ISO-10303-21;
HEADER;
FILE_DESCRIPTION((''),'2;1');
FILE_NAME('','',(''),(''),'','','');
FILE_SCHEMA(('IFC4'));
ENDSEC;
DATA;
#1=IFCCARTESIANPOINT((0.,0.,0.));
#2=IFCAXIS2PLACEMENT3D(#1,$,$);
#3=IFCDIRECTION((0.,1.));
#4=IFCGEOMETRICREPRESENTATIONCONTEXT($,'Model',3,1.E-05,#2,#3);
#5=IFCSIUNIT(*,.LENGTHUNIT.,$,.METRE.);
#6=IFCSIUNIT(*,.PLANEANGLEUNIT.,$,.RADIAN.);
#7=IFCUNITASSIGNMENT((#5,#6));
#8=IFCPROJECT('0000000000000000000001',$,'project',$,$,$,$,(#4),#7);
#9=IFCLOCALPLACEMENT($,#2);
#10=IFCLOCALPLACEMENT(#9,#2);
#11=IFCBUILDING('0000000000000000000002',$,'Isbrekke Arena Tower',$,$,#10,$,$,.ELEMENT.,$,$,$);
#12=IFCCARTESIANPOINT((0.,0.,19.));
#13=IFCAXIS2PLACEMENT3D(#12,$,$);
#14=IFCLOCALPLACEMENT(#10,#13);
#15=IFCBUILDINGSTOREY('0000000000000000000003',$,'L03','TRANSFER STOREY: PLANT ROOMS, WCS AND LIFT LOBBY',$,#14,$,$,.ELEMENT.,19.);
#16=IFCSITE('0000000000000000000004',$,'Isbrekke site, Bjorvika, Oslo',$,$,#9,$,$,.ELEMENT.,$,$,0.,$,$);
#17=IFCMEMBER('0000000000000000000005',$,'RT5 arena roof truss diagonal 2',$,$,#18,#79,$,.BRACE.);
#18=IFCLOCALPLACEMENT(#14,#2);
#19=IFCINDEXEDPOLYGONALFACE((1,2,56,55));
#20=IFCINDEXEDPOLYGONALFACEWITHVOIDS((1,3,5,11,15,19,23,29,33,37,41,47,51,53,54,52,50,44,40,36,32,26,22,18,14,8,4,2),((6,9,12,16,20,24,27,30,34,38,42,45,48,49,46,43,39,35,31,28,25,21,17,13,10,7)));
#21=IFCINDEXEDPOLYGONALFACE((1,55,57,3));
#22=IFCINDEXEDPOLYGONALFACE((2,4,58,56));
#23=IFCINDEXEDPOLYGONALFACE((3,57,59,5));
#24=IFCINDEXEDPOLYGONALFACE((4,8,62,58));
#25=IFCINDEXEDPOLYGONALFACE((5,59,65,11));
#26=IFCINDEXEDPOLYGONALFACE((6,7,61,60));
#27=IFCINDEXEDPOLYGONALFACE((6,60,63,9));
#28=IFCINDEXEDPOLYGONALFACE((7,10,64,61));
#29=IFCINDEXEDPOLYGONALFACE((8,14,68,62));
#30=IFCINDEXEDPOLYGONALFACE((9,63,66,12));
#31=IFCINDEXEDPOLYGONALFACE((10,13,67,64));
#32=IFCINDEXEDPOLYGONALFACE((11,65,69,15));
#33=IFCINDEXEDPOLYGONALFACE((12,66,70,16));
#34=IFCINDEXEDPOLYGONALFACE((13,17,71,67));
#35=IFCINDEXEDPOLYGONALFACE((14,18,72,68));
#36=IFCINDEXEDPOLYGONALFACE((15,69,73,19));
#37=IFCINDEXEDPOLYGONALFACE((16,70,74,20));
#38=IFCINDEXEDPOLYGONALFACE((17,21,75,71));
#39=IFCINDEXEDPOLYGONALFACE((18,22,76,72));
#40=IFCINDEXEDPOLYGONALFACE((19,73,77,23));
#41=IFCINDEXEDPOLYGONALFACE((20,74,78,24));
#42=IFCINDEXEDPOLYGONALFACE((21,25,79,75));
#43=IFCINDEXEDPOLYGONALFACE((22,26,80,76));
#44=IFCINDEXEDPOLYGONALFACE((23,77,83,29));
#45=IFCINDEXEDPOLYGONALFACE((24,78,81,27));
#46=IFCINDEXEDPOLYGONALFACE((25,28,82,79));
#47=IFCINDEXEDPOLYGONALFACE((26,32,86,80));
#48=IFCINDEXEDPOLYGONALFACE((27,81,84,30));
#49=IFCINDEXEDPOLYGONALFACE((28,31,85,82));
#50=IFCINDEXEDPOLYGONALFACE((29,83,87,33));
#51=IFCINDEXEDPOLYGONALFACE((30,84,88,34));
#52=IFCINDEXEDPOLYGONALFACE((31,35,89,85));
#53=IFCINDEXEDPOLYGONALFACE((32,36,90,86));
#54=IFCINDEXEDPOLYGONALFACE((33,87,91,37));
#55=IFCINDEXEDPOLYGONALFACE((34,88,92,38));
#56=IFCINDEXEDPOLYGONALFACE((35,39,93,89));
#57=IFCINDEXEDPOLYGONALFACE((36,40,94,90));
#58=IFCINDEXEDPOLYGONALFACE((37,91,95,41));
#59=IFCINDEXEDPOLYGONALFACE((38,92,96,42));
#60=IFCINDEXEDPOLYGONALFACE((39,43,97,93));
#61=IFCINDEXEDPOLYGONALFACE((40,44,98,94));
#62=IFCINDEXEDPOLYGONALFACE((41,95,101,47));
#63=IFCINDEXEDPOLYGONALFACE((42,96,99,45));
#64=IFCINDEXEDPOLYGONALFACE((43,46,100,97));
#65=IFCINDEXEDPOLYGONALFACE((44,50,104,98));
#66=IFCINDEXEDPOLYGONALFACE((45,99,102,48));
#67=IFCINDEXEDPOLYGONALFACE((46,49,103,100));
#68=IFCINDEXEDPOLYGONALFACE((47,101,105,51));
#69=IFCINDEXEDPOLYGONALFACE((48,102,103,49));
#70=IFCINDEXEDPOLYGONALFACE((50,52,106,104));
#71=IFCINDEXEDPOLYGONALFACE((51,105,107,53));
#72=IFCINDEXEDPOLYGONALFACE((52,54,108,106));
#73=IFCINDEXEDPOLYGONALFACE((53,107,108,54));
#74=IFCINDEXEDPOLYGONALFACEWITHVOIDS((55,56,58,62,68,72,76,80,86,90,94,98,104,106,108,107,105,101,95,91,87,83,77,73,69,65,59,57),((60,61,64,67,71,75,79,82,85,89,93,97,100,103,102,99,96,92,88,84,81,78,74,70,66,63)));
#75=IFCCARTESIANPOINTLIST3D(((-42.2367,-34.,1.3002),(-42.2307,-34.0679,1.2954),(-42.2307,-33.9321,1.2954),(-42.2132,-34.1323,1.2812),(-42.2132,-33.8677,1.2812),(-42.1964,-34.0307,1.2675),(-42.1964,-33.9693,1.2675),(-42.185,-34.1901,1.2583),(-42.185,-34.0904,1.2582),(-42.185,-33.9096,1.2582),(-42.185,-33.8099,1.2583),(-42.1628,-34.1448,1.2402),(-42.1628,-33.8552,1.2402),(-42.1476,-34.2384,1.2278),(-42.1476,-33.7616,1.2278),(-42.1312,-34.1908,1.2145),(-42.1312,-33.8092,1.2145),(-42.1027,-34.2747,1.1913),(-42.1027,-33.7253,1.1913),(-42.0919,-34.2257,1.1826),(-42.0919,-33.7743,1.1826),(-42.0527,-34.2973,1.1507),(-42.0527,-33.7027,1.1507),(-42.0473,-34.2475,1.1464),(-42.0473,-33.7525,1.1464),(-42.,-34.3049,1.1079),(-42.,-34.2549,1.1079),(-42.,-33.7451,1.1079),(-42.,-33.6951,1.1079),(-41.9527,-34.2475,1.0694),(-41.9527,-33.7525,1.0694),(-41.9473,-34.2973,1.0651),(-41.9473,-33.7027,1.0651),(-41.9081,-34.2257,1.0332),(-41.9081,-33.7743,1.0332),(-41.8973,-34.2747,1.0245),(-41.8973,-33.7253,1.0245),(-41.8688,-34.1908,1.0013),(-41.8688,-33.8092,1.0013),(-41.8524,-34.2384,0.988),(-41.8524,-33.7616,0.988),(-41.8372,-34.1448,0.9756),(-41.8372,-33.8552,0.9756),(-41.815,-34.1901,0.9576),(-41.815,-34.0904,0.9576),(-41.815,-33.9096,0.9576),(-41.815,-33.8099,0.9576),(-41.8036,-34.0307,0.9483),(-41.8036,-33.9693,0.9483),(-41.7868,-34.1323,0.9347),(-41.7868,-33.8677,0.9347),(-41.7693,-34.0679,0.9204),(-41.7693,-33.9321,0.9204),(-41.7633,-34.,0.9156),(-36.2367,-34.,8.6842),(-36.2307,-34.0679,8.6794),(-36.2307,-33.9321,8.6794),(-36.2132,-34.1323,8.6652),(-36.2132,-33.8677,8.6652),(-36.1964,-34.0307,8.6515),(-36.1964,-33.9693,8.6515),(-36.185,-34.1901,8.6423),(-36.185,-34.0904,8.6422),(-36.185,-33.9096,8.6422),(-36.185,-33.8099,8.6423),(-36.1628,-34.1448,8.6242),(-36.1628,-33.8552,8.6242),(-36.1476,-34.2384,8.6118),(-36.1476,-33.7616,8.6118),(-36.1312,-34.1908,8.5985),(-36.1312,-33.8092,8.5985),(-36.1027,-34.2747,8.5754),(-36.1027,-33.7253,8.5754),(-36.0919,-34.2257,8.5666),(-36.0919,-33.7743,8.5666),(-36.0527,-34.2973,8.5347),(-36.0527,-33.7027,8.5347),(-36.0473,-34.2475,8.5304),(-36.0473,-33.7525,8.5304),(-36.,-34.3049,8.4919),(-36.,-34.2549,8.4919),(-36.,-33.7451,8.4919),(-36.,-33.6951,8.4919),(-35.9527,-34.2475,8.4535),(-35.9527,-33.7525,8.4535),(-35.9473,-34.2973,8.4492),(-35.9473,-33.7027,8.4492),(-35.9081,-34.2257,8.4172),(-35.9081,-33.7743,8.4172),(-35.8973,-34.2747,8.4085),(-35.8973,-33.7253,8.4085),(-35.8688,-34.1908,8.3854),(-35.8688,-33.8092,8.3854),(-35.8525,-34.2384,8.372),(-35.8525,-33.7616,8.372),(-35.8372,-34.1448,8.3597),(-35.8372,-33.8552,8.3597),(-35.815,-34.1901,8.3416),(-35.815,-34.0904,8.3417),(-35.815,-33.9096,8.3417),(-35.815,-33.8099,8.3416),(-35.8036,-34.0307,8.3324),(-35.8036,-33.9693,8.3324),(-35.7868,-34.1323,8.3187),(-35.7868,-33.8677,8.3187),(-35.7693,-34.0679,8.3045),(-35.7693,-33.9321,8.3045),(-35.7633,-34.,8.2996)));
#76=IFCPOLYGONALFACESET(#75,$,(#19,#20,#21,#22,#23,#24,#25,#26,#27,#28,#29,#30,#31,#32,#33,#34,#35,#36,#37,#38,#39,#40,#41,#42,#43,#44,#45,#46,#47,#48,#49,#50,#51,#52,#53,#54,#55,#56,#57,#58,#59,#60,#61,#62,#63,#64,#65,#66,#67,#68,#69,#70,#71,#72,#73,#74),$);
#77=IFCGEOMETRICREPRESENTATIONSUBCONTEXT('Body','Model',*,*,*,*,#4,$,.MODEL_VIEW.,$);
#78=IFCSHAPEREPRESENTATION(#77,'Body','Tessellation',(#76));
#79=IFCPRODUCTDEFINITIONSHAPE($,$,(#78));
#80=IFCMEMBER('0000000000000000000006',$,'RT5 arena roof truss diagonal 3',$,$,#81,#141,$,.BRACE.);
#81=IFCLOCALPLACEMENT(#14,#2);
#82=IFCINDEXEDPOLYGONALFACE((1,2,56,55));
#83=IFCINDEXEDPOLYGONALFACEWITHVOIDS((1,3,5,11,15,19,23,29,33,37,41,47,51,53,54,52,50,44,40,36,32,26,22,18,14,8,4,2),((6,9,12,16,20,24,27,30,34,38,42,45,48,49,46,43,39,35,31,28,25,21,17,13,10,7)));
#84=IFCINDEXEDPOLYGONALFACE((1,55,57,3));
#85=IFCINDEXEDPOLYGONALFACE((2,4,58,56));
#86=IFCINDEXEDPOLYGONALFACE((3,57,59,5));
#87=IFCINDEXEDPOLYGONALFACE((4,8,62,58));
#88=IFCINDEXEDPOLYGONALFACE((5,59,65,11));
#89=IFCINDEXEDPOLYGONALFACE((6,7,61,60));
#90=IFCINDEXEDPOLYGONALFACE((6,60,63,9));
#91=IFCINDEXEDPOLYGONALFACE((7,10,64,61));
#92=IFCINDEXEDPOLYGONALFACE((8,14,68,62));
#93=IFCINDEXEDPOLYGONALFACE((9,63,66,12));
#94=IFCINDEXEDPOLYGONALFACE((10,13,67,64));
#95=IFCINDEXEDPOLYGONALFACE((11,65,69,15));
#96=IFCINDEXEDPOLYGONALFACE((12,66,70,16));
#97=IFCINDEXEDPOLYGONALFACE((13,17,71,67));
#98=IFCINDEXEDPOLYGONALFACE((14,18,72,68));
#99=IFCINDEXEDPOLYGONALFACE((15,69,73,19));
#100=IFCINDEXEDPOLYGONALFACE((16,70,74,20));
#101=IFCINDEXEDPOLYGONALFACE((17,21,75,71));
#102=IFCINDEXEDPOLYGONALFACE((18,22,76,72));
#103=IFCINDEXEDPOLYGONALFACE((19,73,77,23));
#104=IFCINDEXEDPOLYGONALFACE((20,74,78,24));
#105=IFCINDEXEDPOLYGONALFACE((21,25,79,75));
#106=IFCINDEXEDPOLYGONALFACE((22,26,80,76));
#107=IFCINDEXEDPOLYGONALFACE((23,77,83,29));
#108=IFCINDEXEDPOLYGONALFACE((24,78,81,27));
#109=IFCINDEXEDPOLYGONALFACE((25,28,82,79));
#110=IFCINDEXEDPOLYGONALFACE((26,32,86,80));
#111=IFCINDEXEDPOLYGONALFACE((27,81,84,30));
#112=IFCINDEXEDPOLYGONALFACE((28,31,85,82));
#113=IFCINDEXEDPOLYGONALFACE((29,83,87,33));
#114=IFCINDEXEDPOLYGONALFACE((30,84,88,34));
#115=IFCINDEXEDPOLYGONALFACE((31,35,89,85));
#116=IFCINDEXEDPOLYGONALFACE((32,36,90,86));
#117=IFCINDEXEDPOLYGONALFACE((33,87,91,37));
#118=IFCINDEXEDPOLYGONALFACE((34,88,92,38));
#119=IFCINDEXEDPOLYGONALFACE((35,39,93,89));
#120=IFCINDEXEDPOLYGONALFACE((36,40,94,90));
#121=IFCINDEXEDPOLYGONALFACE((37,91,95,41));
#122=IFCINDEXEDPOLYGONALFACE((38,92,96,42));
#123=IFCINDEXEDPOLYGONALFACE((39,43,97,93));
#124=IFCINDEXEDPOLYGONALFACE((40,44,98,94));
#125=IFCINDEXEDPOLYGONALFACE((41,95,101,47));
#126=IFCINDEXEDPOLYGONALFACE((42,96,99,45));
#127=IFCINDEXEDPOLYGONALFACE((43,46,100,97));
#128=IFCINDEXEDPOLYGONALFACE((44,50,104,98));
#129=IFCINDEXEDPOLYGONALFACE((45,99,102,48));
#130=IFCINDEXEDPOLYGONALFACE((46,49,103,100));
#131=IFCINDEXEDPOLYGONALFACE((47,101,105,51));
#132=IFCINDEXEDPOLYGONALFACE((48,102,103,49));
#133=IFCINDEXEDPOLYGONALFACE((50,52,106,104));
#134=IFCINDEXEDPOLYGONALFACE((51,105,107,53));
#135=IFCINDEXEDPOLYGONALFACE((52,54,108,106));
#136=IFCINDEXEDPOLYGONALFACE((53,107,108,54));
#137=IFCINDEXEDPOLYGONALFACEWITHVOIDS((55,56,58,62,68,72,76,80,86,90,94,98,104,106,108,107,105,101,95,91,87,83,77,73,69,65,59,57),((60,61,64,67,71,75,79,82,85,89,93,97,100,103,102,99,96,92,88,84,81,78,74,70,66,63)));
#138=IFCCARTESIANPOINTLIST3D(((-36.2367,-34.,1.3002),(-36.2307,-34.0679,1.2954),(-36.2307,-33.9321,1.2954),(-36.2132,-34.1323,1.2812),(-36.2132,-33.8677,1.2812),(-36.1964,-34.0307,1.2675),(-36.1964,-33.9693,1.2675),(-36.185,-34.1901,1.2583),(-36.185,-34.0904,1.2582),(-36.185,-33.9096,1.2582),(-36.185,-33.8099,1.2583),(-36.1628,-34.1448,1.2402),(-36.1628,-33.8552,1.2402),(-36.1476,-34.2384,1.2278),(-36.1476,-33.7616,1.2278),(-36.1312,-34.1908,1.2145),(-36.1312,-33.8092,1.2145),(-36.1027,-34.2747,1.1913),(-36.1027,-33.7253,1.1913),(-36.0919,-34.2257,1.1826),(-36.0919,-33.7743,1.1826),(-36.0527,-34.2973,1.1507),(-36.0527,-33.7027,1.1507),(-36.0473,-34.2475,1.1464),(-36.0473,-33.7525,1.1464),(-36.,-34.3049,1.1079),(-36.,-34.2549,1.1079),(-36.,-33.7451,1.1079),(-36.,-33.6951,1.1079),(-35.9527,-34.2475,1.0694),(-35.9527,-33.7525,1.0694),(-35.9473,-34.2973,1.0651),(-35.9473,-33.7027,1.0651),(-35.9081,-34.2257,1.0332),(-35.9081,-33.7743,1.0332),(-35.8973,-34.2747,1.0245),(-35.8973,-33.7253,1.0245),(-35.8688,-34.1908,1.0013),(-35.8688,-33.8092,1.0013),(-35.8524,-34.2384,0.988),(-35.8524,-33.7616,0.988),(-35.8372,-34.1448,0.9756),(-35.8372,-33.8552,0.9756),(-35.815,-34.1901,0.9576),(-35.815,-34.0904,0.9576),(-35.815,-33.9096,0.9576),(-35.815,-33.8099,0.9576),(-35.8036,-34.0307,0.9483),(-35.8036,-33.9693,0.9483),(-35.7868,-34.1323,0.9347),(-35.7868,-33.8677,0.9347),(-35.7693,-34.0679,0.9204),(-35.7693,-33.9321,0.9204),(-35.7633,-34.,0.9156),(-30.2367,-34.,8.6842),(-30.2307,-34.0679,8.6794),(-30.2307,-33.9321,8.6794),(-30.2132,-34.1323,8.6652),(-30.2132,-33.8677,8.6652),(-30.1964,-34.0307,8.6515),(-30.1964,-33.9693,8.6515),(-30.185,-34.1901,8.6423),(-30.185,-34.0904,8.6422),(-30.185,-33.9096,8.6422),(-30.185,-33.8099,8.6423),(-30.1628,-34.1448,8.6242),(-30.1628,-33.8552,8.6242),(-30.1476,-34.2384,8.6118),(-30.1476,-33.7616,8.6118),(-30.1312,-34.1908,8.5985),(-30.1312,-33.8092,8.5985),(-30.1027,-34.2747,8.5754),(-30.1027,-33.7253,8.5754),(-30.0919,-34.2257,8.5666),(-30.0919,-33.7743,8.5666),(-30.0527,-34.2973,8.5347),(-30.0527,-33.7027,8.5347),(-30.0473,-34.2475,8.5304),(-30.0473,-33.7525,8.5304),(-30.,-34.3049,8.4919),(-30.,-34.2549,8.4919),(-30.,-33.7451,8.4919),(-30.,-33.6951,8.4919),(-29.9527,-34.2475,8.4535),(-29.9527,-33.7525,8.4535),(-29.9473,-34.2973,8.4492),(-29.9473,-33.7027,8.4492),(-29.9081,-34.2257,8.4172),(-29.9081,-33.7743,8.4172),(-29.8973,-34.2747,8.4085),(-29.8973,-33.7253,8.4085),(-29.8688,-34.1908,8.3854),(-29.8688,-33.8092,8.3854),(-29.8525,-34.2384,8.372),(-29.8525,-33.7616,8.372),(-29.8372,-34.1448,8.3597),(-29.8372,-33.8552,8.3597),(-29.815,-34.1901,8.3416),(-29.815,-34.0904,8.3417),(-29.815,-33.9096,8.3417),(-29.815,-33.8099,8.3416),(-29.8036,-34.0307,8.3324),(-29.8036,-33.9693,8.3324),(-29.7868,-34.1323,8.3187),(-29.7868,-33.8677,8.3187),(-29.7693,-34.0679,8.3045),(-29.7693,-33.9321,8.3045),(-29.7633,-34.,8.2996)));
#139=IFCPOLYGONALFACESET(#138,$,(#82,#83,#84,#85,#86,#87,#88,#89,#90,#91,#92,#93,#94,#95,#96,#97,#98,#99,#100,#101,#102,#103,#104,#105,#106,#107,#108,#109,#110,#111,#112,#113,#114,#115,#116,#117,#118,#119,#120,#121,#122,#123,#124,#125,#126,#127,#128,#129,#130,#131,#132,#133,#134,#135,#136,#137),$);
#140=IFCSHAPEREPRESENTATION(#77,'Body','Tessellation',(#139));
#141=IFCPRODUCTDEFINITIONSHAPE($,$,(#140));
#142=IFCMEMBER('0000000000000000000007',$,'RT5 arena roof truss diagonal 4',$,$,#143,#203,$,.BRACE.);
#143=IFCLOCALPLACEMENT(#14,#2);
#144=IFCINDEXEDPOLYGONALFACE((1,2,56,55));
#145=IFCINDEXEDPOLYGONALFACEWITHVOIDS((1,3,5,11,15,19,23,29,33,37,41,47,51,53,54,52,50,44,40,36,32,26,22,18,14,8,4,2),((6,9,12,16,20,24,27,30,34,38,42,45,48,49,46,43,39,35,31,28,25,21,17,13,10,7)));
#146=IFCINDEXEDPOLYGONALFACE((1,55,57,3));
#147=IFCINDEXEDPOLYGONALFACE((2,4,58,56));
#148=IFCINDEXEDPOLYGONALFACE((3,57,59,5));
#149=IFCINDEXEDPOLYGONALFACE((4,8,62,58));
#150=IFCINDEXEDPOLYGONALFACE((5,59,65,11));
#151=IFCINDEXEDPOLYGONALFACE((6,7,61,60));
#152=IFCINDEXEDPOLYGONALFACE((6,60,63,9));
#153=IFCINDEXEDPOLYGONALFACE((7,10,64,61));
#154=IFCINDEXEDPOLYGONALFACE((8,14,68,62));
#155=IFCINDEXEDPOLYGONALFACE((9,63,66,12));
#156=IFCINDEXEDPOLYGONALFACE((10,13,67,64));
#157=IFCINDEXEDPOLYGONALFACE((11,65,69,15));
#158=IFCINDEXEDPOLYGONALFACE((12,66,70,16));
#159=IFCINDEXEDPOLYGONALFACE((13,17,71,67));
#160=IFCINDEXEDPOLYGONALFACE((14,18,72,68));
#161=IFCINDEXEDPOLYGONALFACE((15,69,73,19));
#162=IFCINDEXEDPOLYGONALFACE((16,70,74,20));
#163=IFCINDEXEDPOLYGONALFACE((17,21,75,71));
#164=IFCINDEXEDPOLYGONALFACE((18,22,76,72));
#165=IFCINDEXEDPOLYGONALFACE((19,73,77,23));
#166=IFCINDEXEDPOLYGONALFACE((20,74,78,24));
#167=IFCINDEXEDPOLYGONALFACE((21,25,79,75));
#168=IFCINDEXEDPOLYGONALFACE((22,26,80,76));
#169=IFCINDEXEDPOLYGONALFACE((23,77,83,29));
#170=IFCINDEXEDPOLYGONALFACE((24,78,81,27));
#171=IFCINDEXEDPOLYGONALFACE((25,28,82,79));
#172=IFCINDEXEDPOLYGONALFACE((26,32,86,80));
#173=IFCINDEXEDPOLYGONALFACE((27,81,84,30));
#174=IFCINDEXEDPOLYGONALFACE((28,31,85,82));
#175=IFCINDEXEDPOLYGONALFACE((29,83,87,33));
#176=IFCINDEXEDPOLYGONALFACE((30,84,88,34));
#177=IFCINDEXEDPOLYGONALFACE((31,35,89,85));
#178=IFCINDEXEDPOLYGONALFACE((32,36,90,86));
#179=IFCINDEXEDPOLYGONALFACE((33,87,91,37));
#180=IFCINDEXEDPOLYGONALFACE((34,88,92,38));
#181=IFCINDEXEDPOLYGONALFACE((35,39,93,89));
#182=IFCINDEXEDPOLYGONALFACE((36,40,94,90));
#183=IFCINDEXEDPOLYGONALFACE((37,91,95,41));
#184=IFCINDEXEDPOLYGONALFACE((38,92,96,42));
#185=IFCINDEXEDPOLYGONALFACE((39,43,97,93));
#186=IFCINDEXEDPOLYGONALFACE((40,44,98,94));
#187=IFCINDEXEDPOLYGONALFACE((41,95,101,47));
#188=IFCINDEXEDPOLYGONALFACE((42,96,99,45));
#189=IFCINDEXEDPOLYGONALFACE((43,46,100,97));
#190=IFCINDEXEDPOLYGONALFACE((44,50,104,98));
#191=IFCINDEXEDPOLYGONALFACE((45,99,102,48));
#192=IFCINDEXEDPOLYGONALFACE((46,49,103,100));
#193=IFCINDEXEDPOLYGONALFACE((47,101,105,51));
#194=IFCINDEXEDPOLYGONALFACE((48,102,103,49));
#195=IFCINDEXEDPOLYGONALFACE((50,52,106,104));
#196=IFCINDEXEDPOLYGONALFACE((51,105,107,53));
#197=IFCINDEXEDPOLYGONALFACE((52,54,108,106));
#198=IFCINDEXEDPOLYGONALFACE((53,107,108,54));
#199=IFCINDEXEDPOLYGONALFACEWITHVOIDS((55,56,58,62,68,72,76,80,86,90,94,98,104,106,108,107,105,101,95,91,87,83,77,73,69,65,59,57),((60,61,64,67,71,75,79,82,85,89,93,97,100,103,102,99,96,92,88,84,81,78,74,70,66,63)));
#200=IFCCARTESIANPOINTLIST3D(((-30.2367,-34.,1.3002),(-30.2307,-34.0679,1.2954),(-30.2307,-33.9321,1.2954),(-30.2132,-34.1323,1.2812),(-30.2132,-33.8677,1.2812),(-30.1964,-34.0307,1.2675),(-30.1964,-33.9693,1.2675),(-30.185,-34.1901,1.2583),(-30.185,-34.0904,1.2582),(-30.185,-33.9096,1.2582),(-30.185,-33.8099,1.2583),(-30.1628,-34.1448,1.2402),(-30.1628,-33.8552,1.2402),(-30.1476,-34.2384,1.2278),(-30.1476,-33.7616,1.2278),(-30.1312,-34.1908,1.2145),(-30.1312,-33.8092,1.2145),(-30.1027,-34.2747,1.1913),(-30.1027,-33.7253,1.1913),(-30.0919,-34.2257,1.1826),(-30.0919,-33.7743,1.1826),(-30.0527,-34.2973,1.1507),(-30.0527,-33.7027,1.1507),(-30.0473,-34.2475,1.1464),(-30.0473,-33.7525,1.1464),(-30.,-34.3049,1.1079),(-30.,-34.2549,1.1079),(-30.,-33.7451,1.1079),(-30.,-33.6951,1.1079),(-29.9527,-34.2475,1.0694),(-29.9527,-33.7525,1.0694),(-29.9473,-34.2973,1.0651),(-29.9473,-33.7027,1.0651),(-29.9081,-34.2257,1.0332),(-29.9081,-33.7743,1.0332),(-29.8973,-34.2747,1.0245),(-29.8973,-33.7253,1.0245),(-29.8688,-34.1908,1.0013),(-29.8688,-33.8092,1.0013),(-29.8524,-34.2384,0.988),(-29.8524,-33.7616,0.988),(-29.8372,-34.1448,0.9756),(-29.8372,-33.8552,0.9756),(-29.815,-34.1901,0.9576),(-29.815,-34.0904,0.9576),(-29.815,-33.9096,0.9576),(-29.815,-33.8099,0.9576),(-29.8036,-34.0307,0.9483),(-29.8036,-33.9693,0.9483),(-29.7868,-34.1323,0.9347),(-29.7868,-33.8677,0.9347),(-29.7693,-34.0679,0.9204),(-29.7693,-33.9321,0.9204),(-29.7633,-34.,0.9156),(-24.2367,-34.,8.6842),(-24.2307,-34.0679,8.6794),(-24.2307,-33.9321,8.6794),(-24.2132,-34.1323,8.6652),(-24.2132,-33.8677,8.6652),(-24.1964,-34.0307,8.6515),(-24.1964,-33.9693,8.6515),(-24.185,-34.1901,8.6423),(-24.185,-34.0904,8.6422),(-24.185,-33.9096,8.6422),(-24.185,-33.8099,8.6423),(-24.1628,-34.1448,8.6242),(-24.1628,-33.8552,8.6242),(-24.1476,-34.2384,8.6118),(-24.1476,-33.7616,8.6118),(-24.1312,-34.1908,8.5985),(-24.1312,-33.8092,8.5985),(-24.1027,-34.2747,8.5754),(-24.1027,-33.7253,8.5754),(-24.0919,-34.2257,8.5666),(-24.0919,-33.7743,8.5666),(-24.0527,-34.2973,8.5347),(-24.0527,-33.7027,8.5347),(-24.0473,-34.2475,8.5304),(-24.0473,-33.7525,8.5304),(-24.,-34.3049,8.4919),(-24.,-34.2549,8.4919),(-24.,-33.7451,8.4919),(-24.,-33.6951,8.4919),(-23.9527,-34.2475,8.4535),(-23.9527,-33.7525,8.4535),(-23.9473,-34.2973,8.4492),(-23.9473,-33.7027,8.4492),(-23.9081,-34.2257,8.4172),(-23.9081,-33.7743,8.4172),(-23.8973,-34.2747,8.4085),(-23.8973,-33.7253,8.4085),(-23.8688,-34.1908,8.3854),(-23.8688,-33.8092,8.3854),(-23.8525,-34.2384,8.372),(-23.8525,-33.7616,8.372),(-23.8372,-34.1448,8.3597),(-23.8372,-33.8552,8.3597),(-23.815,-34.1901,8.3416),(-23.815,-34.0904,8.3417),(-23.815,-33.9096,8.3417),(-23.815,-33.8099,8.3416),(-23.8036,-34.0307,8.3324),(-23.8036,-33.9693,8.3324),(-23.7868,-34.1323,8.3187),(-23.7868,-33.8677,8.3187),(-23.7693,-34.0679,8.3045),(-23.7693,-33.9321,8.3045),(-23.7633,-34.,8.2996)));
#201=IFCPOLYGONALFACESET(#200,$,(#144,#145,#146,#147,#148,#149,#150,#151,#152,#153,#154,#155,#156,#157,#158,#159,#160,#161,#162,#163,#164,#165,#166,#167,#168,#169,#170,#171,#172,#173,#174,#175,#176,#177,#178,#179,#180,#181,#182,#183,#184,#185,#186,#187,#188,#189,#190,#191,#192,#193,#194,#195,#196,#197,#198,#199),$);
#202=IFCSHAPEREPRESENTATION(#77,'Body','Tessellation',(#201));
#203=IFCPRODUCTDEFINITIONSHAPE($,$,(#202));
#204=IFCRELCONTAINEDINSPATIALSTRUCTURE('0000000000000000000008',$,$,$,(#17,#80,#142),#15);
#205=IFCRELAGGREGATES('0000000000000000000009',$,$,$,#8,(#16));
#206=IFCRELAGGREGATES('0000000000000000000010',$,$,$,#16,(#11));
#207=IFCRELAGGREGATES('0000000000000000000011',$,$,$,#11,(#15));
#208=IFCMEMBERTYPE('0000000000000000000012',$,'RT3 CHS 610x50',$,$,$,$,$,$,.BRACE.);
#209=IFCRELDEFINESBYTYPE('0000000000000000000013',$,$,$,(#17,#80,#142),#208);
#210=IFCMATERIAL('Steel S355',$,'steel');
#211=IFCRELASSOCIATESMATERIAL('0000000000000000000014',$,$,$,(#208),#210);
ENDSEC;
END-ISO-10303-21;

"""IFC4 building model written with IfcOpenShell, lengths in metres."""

from ifc_helpers import new_model, si_unit, direction, frame, origin, origin_2d, place, context, subcontext, project, spatial, hollow_circle, extrude, material, material_profile, profile_set, type_object, element, save


model = new_model("IFC4")

# Units and contexts
model_context = context("Model", 3, precision=1e-05, world=origin(), true_north=direction((0.0, 1.0)))
body_context = subcontext(model_context, "Body", "Model", "MODEL_VIEW")
ifc_project = project(units=[si_unit("LENGTHUNIT", "METRE"), si_unit("PLANEANGLEUNIT", "RADIAN")], contexts=[model_context])

# Site, building, storey
site_placement = place(None, origin())
site = spatial("IfcSite", under=ifc_project, at=site_placement, Name="Isbrekke site, Bjorvika, Oslo", CompositionType="ELEMENT", RefElevation=0.0)
building_placement = place(site_placement, origin())
building = spatial("IfcBuilding", under=site, at=building_placement, Name="Isbrekke Arena Tower", CompositionType="ELEMENT")
storey_placement = place(building_placement, frame((0.0, 0.0, 19.0)))
storey = spatial("IfcBuildingStorey", under=building, at=storey_placement, Name="L03", Description="TRANSFER STOREY: PLANT ROOMS, WCS AND LIFT LOBBY", CompositionType="ELEMENT", Elevation=19.0)

# Members
ifc_material_1 = material(Name="Steel S355", Category="steel")
ifc_material_profile_1 = material_profile(ifc_material_1, hollow_circle(Radius=0.3049, WallThickness=0.05, at=origin_2d()), Name="CHS 610x50")
ifc_profile_set_1 = profile_set([ifc_material_profile_1], Name="Steel S355")
member_type_1 = type_object("IfcMemberType", Name="RT3 CHS 610x50", PredefinedType="BRACE", material=ifc_profile_set_1)
for number, where, z_axis, x_axis, name in (
    (1, (-42.0, -34.0, 1.1079), (0.630623, 0.0, 0.77609), (0.0, 1.0, 0.0), "RT5 arena roof truss diagonal 2"),
    (2, (-36.0, -34.0, 1.1079), (0.630623, 0.0, 0.77609), (0.0, 1.0, 0.0), "RT5 arena roof truss diagonal 3"),
    (3, (-30.0, -34.0, 1.1079), (0.630623, 0.0, 0.77609), (0.0, 1.0, 0.0), "RT5 arena roof truss diagonal 4"),
):
    element("IfcMember", number, at=place(storey_placement, frame(where, z_axis=z_axis, x_axis=x_axis)), inside=storey, type_object=member_type_1, Name=name, PredefinedType="BRACE", context=body_context, shape_type="SweptSolid", body=[
        extrude(hollow_circle(Radius=0.3049, WallThickness=0.05, at=origin_2d()), origin(), (0.0, 0.0, 1.0), 9.5144),
    ])

save(model, "model.ifc")
